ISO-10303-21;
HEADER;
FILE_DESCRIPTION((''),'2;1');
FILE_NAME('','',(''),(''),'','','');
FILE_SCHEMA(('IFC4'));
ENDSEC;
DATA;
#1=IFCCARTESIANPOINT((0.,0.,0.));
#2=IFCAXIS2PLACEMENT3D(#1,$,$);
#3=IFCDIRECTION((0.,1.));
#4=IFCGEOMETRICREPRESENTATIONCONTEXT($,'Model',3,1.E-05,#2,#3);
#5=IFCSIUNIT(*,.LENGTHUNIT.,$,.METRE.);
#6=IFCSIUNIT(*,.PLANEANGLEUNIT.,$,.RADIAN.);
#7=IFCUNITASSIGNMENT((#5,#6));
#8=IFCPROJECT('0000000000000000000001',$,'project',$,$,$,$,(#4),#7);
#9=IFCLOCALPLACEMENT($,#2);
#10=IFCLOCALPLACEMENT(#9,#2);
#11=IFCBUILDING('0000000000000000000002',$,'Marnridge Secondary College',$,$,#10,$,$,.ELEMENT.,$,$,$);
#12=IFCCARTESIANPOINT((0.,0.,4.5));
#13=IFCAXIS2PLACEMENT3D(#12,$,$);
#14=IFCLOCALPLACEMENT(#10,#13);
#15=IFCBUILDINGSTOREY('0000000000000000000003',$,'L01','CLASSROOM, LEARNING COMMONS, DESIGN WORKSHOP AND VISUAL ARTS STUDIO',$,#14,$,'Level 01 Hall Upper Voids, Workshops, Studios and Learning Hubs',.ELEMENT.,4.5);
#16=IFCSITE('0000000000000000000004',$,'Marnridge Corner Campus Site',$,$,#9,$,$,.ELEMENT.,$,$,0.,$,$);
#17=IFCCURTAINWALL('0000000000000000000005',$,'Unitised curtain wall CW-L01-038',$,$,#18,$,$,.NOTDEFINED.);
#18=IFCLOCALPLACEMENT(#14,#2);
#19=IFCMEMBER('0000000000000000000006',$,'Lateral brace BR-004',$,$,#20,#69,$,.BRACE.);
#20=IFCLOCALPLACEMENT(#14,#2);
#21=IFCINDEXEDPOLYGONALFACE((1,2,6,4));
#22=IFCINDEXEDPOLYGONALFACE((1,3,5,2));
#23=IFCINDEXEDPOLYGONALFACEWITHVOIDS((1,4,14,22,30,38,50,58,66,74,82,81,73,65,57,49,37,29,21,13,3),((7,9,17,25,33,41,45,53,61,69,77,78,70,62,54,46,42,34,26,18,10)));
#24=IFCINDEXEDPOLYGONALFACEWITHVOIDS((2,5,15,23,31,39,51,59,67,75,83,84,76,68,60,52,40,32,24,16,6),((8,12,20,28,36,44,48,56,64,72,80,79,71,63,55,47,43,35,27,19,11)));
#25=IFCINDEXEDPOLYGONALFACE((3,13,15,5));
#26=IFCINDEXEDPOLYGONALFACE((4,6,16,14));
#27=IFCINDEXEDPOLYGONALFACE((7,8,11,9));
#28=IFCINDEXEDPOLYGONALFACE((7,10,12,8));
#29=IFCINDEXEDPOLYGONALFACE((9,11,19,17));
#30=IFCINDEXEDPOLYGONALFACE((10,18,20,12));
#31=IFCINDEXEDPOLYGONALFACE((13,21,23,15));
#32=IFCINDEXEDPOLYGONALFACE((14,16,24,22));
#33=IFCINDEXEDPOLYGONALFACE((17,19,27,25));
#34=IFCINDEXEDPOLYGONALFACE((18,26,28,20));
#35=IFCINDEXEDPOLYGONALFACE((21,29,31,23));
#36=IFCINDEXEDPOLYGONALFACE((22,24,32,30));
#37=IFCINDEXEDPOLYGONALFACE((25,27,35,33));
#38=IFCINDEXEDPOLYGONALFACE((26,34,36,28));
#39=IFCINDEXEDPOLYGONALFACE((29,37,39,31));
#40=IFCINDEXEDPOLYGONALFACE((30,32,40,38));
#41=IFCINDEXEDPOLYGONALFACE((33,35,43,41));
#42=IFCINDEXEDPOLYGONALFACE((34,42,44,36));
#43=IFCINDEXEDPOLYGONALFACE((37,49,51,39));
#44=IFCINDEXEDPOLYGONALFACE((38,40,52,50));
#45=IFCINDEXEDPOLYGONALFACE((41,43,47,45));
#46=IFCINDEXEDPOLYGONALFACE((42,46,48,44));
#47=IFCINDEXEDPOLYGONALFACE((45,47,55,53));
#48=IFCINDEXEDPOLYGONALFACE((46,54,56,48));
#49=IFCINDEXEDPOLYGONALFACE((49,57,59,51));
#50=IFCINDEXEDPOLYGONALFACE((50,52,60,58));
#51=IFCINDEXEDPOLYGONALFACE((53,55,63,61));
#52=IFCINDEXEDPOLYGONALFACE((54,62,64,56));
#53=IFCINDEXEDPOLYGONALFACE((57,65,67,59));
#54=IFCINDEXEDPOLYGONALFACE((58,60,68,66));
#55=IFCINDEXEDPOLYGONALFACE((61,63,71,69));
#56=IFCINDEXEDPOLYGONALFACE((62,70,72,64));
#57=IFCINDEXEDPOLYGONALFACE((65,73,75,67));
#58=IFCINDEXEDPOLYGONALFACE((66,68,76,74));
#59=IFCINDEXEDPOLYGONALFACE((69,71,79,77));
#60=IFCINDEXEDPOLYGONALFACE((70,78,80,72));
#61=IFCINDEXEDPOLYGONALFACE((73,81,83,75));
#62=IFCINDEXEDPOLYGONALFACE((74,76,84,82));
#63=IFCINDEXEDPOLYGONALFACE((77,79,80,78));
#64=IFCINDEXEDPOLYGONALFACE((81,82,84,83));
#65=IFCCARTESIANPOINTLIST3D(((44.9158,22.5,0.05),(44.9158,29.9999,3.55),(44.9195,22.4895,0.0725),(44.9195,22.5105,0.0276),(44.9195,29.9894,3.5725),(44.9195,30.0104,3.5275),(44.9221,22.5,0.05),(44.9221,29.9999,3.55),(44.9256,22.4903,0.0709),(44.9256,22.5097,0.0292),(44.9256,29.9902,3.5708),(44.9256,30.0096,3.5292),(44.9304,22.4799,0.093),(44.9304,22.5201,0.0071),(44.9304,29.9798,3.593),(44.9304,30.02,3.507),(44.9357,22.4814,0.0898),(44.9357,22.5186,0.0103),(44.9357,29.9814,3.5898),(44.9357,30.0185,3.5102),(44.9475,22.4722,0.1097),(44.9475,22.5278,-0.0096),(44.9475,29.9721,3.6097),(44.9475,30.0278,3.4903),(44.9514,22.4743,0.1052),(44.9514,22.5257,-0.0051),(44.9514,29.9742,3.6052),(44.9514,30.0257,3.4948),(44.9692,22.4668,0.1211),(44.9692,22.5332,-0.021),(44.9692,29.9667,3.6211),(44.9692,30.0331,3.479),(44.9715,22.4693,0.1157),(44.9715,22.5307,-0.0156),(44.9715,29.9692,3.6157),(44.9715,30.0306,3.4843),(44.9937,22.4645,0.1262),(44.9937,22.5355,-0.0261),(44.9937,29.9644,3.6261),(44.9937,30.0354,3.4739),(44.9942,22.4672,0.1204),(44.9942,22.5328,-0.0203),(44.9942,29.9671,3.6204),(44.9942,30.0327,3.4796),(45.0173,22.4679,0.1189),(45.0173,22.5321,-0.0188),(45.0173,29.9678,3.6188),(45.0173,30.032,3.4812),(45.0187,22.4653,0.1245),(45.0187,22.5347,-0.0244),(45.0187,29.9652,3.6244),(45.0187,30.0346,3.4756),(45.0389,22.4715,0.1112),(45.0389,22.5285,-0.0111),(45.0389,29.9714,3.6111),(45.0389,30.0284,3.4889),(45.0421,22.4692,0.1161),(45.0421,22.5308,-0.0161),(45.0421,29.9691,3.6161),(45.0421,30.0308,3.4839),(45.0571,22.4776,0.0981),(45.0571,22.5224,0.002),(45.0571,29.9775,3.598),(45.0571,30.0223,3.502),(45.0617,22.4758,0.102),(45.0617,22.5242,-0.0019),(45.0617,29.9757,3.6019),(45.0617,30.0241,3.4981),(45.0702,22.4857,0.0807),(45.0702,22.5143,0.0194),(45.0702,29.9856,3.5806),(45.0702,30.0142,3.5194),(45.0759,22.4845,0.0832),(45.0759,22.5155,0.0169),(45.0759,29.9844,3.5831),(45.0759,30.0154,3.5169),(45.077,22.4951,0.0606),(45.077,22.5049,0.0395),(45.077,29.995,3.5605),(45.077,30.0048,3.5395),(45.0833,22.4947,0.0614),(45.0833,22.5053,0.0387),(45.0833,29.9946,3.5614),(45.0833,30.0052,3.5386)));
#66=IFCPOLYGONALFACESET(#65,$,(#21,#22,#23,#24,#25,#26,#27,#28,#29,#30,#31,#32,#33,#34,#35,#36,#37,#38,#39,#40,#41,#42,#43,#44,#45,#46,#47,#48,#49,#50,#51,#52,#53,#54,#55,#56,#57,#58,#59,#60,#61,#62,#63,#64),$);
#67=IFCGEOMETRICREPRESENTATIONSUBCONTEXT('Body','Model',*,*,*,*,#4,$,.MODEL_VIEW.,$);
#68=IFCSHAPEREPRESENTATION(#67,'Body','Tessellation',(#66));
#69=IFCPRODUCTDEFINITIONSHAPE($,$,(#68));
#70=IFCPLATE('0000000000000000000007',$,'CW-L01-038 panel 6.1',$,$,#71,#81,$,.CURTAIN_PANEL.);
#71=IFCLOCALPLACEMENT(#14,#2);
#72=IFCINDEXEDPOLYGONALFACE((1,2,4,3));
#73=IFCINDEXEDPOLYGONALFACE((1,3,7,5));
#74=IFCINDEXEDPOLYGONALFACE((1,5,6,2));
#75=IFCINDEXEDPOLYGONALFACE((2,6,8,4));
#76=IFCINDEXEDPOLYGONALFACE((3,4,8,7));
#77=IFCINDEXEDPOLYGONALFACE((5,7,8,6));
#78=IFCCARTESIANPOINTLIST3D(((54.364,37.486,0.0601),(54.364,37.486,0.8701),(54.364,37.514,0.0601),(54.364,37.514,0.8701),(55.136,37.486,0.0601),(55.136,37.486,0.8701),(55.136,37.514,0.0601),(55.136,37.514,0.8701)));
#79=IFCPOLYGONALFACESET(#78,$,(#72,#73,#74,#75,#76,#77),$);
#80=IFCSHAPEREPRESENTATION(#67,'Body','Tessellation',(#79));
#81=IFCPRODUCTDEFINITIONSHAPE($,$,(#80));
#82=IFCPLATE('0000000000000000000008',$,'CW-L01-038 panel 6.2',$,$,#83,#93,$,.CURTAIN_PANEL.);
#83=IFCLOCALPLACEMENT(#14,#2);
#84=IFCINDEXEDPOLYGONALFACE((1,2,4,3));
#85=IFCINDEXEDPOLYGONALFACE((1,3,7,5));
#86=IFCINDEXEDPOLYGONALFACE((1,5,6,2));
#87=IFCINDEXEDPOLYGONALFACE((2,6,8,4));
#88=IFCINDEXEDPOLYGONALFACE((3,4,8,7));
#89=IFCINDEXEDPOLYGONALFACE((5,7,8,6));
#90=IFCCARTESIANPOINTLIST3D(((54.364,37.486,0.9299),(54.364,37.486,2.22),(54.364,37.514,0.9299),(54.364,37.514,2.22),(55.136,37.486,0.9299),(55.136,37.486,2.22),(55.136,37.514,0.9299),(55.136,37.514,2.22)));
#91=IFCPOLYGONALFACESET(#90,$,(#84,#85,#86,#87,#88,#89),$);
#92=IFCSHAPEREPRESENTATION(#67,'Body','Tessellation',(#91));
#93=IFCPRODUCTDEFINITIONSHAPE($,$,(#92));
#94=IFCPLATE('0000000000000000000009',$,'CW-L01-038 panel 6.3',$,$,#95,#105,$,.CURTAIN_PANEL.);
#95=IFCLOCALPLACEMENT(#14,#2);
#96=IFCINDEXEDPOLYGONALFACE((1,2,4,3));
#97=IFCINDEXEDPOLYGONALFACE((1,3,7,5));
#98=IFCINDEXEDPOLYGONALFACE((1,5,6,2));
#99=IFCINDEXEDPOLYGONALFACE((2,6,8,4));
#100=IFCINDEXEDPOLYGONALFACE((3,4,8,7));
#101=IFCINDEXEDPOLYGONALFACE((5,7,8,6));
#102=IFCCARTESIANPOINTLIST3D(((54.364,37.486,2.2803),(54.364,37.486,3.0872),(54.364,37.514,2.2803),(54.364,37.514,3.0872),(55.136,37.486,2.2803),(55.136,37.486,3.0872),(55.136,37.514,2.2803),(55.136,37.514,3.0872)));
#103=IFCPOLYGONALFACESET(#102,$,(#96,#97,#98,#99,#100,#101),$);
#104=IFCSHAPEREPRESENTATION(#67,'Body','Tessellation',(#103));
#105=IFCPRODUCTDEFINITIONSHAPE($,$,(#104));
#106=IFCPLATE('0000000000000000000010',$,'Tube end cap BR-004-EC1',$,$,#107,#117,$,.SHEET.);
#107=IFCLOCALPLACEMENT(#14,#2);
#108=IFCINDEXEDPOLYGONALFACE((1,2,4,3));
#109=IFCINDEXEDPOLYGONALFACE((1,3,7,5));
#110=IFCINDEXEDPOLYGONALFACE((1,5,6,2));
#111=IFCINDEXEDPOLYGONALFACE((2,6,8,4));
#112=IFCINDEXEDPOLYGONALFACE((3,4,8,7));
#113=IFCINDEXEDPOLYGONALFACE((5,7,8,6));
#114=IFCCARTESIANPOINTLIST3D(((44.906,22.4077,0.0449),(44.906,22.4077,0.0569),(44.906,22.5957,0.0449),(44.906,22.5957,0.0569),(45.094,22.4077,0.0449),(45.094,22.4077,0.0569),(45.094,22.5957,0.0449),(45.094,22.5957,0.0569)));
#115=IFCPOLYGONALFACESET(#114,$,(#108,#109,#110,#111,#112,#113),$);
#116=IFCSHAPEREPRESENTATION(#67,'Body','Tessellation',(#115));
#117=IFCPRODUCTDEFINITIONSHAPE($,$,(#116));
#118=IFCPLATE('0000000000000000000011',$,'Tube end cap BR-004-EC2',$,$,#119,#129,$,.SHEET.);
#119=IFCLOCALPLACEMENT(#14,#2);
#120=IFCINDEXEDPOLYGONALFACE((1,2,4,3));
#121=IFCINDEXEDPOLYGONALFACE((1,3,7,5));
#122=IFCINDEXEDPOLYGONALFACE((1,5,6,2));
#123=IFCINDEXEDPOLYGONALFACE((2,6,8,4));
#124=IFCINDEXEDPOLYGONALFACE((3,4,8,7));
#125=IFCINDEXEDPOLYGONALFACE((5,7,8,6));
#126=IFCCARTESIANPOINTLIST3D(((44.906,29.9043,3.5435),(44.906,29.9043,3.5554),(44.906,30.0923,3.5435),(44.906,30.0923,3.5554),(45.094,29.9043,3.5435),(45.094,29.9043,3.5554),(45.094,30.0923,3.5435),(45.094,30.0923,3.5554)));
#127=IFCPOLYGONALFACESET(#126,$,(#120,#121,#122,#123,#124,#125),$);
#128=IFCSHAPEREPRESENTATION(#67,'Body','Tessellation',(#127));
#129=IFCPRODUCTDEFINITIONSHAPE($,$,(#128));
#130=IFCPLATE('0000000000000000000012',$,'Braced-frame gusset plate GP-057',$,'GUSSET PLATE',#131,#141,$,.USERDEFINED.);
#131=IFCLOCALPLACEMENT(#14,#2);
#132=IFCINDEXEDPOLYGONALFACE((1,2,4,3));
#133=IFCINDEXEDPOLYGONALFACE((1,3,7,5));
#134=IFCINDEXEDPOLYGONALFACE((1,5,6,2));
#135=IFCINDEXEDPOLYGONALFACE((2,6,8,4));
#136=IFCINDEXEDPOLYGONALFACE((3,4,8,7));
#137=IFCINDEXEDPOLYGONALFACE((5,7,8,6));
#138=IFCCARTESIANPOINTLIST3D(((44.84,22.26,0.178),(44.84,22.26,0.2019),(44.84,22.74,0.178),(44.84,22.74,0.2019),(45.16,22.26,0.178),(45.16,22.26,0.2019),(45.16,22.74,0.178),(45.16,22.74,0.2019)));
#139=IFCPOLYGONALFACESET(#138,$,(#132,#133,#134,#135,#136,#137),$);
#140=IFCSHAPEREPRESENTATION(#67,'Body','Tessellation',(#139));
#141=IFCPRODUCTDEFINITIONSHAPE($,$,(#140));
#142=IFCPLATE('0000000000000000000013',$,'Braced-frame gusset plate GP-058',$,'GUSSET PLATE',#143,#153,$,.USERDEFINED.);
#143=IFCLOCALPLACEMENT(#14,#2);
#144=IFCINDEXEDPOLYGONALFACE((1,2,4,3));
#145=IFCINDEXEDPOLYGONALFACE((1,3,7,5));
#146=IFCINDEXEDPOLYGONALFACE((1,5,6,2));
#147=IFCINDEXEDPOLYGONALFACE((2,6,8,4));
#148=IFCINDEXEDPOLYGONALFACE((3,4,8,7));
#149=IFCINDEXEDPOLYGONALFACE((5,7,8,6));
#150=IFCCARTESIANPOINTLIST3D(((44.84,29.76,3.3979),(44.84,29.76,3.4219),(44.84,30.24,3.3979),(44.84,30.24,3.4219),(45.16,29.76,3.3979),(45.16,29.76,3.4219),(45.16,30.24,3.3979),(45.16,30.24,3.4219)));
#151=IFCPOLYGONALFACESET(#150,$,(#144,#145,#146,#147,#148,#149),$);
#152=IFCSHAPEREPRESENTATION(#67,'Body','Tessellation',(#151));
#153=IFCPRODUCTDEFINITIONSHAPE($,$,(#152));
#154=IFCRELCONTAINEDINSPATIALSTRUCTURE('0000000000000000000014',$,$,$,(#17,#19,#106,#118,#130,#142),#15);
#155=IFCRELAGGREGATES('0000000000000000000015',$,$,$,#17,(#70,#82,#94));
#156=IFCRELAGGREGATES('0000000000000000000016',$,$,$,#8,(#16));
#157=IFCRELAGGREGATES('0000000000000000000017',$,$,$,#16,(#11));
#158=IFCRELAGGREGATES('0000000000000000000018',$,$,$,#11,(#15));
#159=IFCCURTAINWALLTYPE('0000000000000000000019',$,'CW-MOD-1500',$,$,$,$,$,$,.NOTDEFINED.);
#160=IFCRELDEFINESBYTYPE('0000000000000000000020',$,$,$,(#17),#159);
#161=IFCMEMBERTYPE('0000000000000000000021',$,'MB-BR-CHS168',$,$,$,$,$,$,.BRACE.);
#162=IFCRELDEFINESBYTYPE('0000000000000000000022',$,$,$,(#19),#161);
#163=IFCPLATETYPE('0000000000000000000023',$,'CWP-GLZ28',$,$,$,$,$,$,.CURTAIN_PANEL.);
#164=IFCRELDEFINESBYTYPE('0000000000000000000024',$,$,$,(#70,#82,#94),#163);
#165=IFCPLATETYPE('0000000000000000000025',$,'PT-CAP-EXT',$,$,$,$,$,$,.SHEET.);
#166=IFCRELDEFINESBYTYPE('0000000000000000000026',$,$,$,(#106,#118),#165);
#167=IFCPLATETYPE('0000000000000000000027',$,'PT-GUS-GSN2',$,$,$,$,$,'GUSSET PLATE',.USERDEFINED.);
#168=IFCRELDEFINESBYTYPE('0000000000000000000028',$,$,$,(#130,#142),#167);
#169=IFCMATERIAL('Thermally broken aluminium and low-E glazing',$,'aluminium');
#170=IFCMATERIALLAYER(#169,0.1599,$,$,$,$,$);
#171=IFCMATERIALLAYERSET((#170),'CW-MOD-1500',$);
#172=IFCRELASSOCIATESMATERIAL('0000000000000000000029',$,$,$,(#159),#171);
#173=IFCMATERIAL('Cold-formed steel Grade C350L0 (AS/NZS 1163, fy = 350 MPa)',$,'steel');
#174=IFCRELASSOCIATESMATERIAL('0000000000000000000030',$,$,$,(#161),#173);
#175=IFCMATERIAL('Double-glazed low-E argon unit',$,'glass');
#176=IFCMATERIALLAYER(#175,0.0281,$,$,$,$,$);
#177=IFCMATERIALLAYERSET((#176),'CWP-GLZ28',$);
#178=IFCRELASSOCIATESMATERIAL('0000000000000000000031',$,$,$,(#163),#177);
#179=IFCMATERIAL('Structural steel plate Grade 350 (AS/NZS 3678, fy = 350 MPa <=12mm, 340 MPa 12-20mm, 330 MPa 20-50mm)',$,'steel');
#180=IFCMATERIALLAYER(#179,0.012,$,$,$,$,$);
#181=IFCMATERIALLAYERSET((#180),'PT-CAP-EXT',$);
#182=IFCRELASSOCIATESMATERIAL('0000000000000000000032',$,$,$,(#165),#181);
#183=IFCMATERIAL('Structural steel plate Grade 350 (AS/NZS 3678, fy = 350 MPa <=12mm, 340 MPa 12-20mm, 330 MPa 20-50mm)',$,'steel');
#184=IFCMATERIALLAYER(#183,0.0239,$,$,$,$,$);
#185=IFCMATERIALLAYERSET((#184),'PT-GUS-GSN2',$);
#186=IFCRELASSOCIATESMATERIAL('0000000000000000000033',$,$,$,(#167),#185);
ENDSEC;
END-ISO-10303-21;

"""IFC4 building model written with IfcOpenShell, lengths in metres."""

from ifc_helpers import new_model, si_unit, direction, frame, origin, origin_2d, place, context, subcontext, project, spatial, rectangle, hollow_circle, extrude, material, layer, layer_set, material_profile, profile_set, type_object, element, aggregate, save


model = new_model("IFC4")

# Units and contexts
model_context = context("Model", 3, precision=1e-05, world=origin(), true_north=direction((0.0, 1.0)))
body_context = subcontext(model_context, "Body", "Model", "MODEL_VIEW")
ifc_project = project(units=[si_unit("LENGTHUNIT", "METRE"), si_unit("PLANEANGLEUNIT", "RADIAN")], contexts=[model_context])

# Site, building, storey
site_placement = place(None, origin())
site = spatial("IfcSite", under=ifc_project, at=site_placement, Name="Marnridge Corner Campus Site", CompositionType="ELEMENT", RefElevation=0.0)
building_placement = place(site_placement, origin())
building = spatial("IfcBuilding", under=site, at=building_placement, Name="Marnridge Secondary College", CompositionType="ELEMENT")
storey_placement = place(building_placement, frame((0.0, 0.0, 4.5)))
storey = spatial("IfcBuildingStorey", under=building, at=storey_placement, Name="L01", Description="CLASSROOM, LEARNING COMMONS, DESIGN WORKSHOP AND VISUAL ARTS STUDIO", LongName="Level 01 Hall Upper Voids, Workshops, Studios and Learning Hubs", CompositionType="ELEMENT", Elevation=4.5)

# Curtain wall
ifc_material_1 = material(Name="Thermally broken aluminium and low-E glazing", Category="aluminium")
ifc_layer_1 = layer(ifc_material_1, 0.1599)
ifc_layer_set_1 = layer_set([ifc_layer_1], Name="CW-MOD-1500")
curtain_wall_type = type_object("IfcCurtainWallType", Name="CW-MOD-1500", PredefinedType="NOTDEFINED", material=ifc_layer_set_1)
curtain_wall_placement = place(storey_placement, origin())
curtain_wall = element("IfcCurtainWall", 1, at=curtain_wall_placement, inside=storey, type_object=curtain_wall_type, Name="Unitised curtain wall CW-L01-038", PredefinedType="NOTDEFINED")

# Member
ifc_material_2 = material(Name="Cold-formed steel Grade C350L0 (AS/NZS 1163, fy = 350 MPa)", Category="steel")
ifc_material_profile_1 = material_profile(ifc_material_2, hollow_circle(Radius=0.0842, WallThickness=0.0063, at=origin_2d()), Name="168.3x6.4CHS")
ifc_profile_set_1 = profile_set([ifc_material_profile_1], Name="Cold-formed steel Grade C350L0 (AS/NZS 1163, fy = 350 MPa)")
member_type_1 = type_object("IfcMemberType", Name="MB-BR-CHS168", PredefinedType="BRACE", material=ifc_profile_set_1)
member_1_placement = place(storey_placement, frame((45.0, 22.5, 0.05), z_axis=(0.0, 0.906183, 0.422885), x_axis=(-1.0, 0.0, 0.0)))
element("IfcMember", 2, at=member_1_placement, inside=storey, type_object=member_type_1, Name="Lateral brace BR-004", PredefinedType="BRACE", context=body_context, shape_type="SweptSolid", body=[
    extrude(hollow_circle(Radius=0.0842, WallThickness=0.0063, at=origin_2d()), origin(), (0.0, 0.0, 1.0), 8.2764),
])

# Plates
ifc_material_3 = material(Name="Double-glazed low-E argon unit", Category="glass")
ifc_layer_2 = layer(ifc_material_3, 0.0281)
ifc_layer_set_2 = layer_set([ifc_layer_2], Name="CWP-GLZ28")
plate_type_1 = type_object("IfcPlateType", Name="CWP-GLZ28", PredefinedType="CURTAIN_PANEL", material=ifc_layer_set_2)
plate_1_placement = place(storey_placement, frame((54.75, 37.5, 0.0601), z_axis=(0.0, 0.0, 1.0), x_axis=(-1.0, 0.0, 0.0)))
plate_1 = element("IfcPlate", 3, at=plate_1_placement, type_object=plate_type_1, Name="CW-L01-038 panel 6.1", PredefinedType="CURTAIN_PANEL", context=body_context, shape_type="SweptSolid", body=[
    extrude(rectangle(XDim=0.772, YDim=0.0281, at=origin_2d()), origin(), (0.0, 0.0, 1.0), 0.8101),
])
plate_2_placement = place(storey_placement, frame((54.75, 37.5, 0.9299), z_axis=(0.0, 0.0, 1.0), x_axis=(-1.0, 0.0, 0.0)))
plate_2 = element("IfcPlate", 4, at=plate_2_placement, type_object=plate_type_1, Name="CW-L01-038 panel 6.2", PredefinedType="CURTAIN_PANEL", context=body_context, shape_type="SweptSolid", body=[
    extrude(rectangle(XDim=0.772, YDim=0.0281, at=origin_2d()), origin(), (0.0, 0.0, 1.0), 1.29),
])
plate_3_placement = place(storey_placement, frame((54.75, 37.5, 2.2803), z_axis=(0.0, 0.0, 1.0), x_axis=(-1.0, 0.0, 0.0)))
plate_3 = element("IfcPlate", 5, at=plate_3_placement, type_object=plate_type_1, Name="CW-L01-038 panel 6.3", PredefinedType="CURTAIN_PANEL", context=body_context, shape_type="SweptSolid", body=[
    extrude(rectangle(XDim=0.772, YDim=0.0281, at=origin_2d()), origin(), (0.0, 0.0, 1.0), 0.8069),
])
aggregate(curtain_wall, [plate_1, plate_2, plate_3])

# Plates
ifc_material_4 = material(Name="Structural steel plate Grade 350 (AS/NZS 3678, fy = 350 MPa <=12mm, 340 MPa 12-20mm, 330 MPa 20-50mm)", Category="steel")
ifc_layer_3 = layer(ifc_material_4, 0.012)
ifc_layer_set_3 = layer_set([ifc_layer_3], Name="PT-CAP-EXT")
plate_type_2 = type_object("IfcPlateType", Name="PT-CAP-EXT", PredefinedType="SHEET", material=ifc_layer_set_3)
for number, where, z_axis, x_axis, name in (
    (6, (45.0, 22.5017, 0.0449), (0.0, 0.0, 1.0), (0.0, 1.0, 0.0), "Tube end cap BR-004-EC1"),
    (7, (45.0, 29.9983, 3.5435), (0.0, 0.0, 1.0), (0.0, 1.0, 0.0), "Tube end cap BR-004-EC2"),
):
    element("IfcPlate", number, at=place(storey_placement, frame(where, z_axis=z_axis, x_axis=x_axis)), inside=storey, type_object=plate_type_2, Name=name, PredefinedType="SHEET", context=body_context, shape_type="SweptSolid", body=[
        extrude(rectangle(XDim=0.188, YDim=0.188, at=origin_2d()), origin(), (0.0, 0.0, 1.0), 0.012),
    ])
ifc_material_5 = material(Name="Structural steel plate Grade 350 (AS/NZS 3678, fy = 350 MPa <=12mm, 340 MPa 12-20mm, 330 MPa 20-50mm)", Category="steel")
ifc_layer_4 = layer(ifc_material_5, 0.0239)
ifc_layer_set_4 = layer_set([ifc_layer_4], Name="PT-GUS-GSN2")
plate_type_3 = type_object("IfcPlateType", Name="PT-GUS-GSN2", ElementType="GUSSET PLATE", PredefinedType="USERDEFINED", material=ifc_layer_set_4)
for number, where, z_axis, x_axis, name in (
    (8, (45.0, 22.5, 0.178), (0.0, 0.0, 1.0), (0.0, 1.0, 0.0), "Braced-frame gusset plate GP-057"),
    (9, (45.0, 30.0, 3.3979), (0.0, 0.0, 1.0), (0.0, 1.0, 0.0), "Braced-frame gusset plate GP-058"),
):
    element("IfcPlate", number, at=place(storey_placement, frame(where, z_axis=z_axis, x_axis=x_axis)), inside=storey, type_object=plate_type_3, Name=name, ObjectType="GUSSET PLATE", PredefinedType="USERDEFINED", context=body_context, shape_type="SweptSolid", body=[
        extrude(rectangle(XDim=0.48, YDim=0.3201, at=origin_2d()), origin(), (0.0, 0.0, 1.0), 0.0239),
    ])

save(model, "model.ifc")
